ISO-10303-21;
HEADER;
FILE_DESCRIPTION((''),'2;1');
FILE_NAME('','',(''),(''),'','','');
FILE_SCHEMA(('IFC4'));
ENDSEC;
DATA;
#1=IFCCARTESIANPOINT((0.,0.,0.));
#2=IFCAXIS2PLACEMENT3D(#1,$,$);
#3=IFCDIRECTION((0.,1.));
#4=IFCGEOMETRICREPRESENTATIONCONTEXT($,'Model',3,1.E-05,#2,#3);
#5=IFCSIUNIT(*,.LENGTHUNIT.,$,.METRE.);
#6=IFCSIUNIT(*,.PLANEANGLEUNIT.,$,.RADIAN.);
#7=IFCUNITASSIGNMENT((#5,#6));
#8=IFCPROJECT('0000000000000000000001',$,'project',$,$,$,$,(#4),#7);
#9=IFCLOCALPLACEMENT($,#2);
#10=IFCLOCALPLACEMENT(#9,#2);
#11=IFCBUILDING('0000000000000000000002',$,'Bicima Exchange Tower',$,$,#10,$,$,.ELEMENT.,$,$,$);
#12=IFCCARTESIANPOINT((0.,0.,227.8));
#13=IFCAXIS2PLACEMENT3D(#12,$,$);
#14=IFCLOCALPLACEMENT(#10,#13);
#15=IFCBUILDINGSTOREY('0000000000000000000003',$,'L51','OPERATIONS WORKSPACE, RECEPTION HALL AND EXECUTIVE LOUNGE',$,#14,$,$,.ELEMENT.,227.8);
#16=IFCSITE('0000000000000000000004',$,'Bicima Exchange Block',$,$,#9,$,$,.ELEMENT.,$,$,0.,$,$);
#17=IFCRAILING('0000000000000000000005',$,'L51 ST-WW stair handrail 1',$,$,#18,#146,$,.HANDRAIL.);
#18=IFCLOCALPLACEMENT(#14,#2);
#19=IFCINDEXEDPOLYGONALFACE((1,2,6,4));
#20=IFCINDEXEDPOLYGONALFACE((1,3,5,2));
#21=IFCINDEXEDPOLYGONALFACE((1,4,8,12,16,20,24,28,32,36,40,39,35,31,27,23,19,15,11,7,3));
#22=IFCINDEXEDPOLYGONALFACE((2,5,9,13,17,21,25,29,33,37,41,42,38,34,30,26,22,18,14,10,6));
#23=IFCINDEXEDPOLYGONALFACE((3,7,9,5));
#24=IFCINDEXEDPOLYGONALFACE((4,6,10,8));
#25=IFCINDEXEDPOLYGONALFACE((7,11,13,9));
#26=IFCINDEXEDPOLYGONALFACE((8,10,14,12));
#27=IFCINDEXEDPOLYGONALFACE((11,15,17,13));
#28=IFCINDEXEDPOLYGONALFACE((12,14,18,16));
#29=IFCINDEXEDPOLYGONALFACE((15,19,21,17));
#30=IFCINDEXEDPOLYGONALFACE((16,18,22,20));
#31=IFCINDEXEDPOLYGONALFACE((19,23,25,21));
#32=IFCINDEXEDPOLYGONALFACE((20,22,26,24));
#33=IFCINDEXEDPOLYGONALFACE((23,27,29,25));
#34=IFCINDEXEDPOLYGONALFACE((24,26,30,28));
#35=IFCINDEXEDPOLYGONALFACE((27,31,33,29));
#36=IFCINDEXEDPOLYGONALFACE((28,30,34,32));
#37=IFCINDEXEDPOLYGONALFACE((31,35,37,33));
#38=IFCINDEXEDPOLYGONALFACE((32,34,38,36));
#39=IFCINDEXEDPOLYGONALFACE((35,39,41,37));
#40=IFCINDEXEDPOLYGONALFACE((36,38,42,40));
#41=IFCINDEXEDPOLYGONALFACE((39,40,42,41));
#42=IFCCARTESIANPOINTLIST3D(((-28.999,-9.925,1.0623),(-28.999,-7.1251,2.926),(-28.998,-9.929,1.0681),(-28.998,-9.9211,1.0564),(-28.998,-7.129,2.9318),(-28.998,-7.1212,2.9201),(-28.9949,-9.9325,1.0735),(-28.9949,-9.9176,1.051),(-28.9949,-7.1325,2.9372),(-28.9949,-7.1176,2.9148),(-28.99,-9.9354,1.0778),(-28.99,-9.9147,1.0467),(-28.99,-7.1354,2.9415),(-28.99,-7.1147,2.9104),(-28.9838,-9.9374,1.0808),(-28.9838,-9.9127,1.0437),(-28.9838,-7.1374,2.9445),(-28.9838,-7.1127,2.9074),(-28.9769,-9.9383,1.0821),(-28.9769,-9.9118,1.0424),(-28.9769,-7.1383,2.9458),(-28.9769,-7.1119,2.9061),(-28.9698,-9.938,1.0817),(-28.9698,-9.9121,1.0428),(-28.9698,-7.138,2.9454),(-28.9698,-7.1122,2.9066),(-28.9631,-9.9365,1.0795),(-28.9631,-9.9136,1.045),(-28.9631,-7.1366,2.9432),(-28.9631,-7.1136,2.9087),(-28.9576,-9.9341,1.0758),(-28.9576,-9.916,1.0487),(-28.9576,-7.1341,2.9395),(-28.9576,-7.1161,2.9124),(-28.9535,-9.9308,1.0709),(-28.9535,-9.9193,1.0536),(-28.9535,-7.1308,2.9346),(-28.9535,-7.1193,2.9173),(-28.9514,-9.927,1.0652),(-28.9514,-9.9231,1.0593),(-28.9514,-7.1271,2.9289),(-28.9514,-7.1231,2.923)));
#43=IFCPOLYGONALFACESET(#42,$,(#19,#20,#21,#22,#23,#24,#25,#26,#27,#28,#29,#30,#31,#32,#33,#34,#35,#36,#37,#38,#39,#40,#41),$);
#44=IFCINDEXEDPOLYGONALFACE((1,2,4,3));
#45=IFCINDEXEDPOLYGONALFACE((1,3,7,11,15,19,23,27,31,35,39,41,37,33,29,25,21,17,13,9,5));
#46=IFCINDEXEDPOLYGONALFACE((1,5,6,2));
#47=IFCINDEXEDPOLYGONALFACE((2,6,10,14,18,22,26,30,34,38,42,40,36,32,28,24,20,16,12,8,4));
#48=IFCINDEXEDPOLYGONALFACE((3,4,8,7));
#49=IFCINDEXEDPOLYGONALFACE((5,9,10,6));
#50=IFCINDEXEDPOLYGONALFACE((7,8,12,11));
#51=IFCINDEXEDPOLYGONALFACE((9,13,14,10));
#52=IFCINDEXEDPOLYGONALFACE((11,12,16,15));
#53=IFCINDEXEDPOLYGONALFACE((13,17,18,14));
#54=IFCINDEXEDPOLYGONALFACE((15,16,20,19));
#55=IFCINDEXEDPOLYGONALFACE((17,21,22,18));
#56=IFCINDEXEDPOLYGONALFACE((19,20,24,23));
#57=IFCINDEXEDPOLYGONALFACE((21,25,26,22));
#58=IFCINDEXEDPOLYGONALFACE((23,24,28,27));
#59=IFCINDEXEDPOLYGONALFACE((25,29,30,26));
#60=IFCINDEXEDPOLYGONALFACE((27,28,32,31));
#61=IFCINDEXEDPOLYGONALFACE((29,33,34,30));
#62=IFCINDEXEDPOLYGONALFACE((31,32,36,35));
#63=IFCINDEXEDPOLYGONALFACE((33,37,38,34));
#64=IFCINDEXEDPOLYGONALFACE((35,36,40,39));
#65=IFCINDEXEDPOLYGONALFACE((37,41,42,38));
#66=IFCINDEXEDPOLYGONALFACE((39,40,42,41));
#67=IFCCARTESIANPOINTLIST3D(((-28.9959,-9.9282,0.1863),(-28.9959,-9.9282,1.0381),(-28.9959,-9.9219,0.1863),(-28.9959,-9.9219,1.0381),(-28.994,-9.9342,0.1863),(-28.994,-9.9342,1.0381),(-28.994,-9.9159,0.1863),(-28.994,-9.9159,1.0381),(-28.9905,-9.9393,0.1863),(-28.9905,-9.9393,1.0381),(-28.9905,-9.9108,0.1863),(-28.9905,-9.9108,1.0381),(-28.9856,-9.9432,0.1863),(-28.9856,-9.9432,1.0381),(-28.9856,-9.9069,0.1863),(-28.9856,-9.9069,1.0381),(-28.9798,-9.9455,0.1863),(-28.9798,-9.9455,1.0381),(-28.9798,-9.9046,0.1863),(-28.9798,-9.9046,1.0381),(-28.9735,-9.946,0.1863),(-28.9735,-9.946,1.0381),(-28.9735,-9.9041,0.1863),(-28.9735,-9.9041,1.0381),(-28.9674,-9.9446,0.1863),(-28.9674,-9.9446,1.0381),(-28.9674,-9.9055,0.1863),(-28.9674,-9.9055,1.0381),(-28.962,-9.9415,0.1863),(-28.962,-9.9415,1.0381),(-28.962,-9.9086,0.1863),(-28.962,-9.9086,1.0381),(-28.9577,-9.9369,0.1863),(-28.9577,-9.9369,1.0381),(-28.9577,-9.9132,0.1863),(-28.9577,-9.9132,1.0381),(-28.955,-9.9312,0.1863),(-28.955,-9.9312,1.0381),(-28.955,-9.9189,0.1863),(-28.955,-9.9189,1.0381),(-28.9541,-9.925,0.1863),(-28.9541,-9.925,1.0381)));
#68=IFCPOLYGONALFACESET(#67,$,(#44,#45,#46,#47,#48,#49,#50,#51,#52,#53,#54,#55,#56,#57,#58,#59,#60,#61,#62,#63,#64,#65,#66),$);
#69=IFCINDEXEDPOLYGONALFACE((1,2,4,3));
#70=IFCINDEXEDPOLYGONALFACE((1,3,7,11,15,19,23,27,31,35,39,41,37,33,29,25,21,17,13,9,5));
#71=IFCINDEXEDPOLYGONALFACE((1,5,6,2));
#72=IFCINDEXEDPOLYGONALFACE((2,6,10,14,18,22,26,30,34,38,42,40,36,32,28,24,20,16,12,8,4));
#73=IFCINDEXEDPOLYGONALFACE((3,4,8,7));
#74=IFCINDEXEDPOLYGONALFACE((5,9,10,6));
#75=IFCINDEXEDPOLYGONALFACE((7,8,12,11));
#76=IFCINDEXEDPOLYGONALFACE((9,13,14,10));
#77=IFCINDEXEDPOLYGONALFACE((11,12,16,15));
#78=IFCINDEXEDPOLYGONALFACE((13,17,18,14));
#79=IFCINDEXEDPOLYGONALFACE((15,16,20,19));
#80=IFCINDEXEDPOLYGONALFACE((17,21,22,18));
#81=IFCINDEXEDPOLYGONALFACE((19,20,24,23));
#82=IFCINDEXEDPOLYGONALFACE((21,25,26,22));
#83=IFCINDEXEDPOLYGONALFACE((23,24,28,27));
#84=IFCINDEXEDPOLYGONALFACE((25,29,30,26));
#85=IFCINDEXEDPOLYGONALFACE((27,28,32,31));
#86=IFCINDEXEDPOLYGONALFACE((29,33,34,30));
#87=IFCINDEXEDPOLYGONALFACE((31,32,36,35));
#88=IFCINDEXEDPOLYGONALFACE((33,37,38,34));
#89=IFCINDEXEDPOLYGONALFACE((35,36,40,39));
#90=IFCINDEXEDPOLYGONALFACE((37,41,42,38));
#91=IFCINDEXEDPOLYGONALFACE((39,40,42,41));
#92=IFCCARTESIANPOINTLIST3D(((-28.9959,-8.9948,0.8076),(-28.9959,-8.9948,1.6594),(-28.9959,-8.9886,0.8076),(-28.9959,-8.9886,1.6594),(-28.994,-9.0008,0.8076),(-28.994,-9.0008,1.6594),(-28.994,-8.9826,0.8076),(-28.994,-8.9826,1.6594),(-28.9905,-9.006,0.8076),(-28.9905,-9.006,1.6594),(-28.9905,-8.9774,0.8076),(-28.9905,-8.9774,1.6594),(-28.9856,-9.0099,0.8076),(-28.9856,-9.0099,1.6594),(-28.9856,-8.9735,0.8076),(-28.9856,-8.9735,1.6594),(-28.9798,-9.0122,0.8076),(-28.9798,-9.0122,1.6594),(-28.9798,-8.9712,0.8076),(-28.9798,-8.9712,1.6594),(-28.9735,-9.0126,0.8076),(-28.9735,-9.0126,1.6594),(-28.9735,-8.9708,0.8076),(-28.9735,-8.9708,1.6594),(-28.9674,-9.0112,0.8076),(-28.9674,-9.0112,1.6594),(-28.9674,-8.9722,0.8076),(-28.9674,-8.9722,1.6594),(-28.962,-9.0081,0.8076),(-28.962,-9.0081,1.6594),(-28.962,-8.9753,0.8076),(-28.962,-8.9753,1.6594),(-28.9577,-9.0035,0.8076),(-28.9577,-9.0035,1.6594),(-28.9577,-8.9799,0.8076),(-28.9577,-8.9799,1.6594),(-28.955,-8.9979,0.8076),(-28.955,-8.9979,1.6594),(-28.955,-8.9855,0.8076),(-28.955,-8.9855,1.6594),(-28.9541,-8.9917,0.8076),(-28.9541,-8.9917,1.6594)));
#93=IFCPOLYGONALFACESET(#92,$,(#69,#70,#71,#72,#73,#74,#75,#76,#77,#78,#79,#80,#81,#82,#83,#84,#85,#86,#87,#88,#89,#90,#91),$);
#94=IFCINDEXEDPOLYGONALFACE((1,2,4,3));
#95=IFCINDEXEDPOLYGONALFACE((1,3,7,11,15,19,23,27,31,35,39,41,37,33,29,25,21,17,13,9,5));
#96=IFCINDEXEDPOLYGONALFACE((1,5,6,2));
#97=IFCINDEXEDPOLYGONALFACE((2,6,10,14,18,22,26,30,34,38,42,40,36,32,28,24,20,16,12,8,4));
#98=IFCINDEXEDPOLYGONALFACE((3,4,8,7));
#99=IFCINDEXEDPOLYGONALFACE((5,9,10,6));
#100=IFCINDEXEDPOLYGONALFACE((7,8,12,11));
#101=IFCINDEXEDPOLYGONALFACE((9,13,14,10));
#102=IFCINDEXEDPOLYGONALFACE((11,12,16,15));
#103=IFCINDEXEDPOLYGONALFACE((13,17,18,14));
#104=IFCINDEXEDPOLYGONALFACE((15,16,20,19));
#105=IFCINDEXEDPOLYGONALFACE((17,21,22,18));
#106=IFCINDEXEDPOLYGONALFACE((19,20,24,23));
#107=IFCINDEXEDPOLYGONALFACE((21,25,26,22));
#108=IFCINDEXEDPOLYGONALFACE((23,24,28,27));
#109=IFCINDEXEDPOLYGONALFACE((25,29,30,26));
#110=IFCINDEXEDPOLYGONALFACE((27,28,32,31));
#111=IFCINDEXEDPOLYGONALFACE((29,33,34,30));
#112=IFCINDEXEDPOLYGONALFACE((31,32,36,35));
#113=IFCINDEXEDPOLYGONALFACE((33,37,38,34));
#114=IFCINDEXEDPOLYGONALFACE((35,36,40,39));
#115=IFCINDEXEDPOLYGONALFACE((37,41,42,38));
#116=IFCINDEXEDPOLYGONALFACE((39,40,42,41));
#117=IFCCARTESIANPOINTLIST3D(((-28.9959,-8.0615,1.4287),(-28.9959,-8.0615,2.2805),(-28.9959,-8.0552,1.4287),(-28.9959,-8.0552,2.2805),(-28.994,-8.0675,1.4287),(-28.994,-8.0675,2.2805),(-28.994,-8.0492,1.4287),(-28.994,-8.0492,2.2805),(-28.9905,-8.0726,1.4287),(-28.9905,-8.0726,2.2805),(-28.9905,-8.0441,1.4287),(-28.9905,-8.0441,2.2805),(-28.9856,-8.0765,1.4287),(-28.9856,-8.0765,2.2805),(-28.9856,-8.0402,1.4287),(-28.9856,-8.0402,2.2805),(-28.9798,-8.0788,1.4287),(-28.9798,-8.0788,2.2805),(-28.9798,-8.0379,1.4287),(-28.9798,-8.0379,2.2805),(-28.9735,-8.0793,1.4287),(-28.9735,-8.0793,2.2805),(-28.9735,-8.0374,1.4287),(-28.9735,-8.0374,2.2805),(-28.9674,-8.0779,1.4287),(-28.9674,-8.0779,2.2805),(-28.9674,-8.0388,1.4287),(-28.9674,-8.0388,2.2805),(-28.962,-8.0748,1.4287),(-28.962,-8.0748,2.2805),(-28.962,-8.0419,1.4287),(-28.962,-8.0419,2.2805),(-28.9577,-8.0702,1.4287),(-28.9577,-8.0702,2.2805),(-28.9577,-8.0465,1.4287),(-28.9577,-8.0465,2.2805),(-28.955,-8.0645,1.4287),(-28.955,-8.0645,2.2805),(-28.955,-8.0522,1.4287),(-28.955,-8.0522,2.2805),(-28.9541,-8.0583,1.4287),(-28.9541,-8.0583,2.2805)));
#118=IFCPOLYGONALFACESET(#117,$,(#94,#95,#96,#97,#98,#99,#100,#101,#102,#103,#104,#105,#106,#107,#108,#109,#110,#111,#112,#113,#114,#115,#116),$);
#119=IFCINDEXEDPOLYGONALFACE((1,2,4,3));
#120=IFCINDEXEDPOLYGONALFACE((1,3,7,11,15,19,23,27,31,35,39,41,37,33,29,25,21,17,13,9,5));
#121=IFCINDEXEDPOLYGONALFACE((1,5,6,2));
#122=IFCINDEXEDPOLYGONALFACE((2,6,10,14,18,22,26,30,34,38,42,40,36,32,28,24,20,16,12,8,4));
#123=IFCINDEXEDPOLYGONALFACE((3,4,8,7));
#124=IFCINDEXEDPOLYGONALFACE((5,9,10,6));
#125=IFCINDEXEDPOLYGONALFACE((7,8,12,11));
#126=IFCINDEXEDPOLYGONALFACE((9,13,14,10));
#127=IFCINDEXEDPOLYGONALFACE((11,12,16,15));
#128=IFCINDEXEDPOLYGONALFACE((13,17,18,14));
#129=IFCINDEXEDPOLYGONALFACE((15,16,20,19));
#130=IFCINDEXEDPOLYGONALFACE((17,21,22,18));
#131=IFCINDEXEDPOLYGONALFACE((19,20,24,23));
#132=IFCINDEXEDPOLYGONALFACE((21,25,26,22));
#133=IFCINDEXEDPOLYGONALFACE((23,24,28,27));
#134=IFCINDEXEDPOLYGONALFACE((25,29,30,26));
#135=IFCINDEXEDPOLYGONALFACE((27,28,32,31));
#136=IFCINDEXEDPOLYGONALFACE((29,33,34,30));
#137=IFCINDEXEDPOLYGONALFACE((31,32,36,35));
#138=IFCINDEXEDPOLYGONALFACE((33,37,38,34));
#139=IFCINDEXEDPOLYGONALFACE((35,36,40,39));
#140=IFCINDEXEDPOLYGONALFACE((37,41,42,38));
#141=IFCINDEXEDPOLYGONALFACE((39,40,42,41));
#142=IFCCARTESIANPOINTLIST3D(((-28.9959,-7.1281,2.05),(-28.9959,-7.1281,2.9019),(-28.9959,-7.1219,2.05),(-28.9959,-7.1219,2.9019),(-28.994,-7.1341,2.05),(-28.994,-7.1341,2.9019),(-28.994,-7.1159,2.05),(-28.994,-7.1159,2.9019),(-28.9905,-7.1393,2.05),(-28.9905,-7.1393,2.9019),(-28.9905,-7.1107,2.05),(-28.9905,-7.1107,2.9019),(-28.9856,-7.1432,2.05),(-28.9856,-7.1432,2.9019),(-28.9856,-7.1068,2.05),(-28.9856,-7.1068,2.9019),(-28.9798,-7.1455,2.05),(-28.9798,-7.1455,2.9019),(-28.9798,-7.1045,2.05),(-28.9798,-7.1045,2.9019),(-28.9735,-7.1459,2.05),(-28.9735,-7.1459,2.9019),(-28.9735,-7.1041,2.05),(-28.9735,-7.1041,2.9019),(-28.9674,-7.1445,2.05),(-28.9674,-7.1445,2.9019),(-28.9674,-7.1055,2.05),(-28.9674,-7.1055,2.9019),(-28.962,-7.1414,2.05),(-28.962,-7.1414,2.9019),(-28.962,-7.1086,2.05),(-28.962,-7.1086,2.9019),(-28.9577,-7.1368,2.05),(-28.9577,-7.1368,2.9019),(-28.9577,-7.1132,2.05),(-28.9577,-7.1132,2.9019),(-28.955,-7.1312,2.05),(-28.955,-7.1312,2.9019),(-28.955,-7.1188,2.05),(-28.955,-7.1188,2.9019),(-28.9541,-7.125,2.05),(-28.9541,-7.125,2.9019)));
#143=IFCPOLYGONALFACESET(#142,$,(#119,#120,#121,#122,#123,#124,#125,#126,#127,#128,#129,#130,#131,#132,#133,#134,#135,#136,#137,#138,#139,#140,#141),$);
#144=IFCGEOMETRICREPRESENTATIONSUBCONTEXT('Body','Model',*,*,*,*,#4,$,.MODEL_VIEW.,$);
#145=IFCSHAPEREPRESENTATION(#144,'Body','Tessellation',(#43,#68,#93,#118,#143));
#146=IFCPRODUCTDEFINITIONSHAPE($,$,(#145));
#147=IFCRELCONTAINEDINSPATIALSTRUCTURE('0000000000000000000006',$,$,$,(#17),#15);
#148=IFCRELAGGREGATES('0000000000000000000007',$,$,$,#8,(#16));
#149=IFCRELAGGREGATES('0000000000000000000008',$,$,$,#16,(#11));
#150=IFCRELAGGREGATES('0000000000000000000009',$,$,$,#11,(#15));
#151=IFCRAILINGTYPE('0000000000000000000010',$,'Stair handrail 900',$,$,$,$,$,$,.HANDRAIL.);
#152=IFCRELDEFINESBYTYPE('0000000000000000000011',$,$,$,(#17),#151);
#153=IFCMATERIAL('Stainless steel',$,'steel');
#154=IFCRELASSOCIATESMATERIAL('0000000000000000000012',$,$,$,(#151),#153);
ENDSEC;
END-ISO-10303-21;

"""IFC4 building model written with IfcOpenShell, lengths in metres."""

from ifc_helpers import new_model, si_unit, direction, frame, origin, origin_2d, place, context, subcontext, project, spatial, circle, extrude, material, type_object, element, save


model = new_model("IFC4")

# Units and contexts
model_context = context("Model", 3, precision=1e-05, world=origin(), true_north=direction((0.0, 1.0)))
body_context = subcontext(model_context, "Body", "Model", "MODEL_VIEW")
ifc_project = project(units=[si_unit("LENGTHUNIT", "METRE"), si_unit("PLANEANGLEUNIT", "RADIAN")], contexts=[model_context])

# Site, building, storey
site_placement = place(None, origin())
site = spatial("IfcSite", under=ifc_project, at=site_placement, Name="Bicima Exchange Block", CompositionType="ELEMENT", RefElevation=0.0)
building_placement = place(site_placement, origin())
building = spatial("IfcBuilding", under=site, at=building_placement, Name="Bicima Exchange Tower", CompositionType="ELEMENT")
storey_placement = place(building_placement, frame((0.0, 0.0, 227.8)))
storey = spatial("IfcBuildingStorey", under=building, at=storey_placement, Name="L51", Description="OPERATIONS WORKSPACE, RECEPTION HALL AND EXECUTIVE LOUNGE", CompositionType="ELEMENT", Elevation=227.8)

# Railing
ifc_material_1 = material(Name="Stainless steel", Category="steel")
railing_type_1 = type_object("IfcRailingType", Name="Stair handrail 900", PredefinedType="HANDRAIL", material=ifc_material_1)
railing_1_placement = place(storey_placement, frame((-28.9751, -9.925, 0.1863)))
element("IfcRailing", 1, at=railing_1_placement, inside=storey, type_object=railing_type_1, Name="L51 ST-WW stair handrail 1", PredefinedType="HANDRAIL", context=body_context, shape_type="SweptSolid", body=[
    extrude(circle(Radius=0.0239, at=origin_2d()), frame((0.0, 0.0, 0.876), z_axis=(0.0, 0.832452, 0.554097), x_axis=(-1.0, 0.0, 0.0)), (0.0, 0.0, 1.0), 3.3635),
    extrude(circle(Radius=0.021, at=origin_2d()), origin(), (0.0, 0.0, 1.0), 0.8518),
    extrude(circle(Radius=0.021, at=origin_2d()), frame((0.0, 0.9333, 0.6213)), (0.0, 0.0, 1.0), 0.8518),
    extrude(circle(Radius=0.021, at=origin_2d()), frame((0.0, 1.8667, 1.2424)), (0.0, 0.0, 1.0), 0.8518),
    extrude(circle(Radius=0.021, at=origin_2d()), frame((0.0, 2.8, 1.8638)), (0.0, 0.0, 1.0), 0.8518),
])

save(model, "model.ifc")
